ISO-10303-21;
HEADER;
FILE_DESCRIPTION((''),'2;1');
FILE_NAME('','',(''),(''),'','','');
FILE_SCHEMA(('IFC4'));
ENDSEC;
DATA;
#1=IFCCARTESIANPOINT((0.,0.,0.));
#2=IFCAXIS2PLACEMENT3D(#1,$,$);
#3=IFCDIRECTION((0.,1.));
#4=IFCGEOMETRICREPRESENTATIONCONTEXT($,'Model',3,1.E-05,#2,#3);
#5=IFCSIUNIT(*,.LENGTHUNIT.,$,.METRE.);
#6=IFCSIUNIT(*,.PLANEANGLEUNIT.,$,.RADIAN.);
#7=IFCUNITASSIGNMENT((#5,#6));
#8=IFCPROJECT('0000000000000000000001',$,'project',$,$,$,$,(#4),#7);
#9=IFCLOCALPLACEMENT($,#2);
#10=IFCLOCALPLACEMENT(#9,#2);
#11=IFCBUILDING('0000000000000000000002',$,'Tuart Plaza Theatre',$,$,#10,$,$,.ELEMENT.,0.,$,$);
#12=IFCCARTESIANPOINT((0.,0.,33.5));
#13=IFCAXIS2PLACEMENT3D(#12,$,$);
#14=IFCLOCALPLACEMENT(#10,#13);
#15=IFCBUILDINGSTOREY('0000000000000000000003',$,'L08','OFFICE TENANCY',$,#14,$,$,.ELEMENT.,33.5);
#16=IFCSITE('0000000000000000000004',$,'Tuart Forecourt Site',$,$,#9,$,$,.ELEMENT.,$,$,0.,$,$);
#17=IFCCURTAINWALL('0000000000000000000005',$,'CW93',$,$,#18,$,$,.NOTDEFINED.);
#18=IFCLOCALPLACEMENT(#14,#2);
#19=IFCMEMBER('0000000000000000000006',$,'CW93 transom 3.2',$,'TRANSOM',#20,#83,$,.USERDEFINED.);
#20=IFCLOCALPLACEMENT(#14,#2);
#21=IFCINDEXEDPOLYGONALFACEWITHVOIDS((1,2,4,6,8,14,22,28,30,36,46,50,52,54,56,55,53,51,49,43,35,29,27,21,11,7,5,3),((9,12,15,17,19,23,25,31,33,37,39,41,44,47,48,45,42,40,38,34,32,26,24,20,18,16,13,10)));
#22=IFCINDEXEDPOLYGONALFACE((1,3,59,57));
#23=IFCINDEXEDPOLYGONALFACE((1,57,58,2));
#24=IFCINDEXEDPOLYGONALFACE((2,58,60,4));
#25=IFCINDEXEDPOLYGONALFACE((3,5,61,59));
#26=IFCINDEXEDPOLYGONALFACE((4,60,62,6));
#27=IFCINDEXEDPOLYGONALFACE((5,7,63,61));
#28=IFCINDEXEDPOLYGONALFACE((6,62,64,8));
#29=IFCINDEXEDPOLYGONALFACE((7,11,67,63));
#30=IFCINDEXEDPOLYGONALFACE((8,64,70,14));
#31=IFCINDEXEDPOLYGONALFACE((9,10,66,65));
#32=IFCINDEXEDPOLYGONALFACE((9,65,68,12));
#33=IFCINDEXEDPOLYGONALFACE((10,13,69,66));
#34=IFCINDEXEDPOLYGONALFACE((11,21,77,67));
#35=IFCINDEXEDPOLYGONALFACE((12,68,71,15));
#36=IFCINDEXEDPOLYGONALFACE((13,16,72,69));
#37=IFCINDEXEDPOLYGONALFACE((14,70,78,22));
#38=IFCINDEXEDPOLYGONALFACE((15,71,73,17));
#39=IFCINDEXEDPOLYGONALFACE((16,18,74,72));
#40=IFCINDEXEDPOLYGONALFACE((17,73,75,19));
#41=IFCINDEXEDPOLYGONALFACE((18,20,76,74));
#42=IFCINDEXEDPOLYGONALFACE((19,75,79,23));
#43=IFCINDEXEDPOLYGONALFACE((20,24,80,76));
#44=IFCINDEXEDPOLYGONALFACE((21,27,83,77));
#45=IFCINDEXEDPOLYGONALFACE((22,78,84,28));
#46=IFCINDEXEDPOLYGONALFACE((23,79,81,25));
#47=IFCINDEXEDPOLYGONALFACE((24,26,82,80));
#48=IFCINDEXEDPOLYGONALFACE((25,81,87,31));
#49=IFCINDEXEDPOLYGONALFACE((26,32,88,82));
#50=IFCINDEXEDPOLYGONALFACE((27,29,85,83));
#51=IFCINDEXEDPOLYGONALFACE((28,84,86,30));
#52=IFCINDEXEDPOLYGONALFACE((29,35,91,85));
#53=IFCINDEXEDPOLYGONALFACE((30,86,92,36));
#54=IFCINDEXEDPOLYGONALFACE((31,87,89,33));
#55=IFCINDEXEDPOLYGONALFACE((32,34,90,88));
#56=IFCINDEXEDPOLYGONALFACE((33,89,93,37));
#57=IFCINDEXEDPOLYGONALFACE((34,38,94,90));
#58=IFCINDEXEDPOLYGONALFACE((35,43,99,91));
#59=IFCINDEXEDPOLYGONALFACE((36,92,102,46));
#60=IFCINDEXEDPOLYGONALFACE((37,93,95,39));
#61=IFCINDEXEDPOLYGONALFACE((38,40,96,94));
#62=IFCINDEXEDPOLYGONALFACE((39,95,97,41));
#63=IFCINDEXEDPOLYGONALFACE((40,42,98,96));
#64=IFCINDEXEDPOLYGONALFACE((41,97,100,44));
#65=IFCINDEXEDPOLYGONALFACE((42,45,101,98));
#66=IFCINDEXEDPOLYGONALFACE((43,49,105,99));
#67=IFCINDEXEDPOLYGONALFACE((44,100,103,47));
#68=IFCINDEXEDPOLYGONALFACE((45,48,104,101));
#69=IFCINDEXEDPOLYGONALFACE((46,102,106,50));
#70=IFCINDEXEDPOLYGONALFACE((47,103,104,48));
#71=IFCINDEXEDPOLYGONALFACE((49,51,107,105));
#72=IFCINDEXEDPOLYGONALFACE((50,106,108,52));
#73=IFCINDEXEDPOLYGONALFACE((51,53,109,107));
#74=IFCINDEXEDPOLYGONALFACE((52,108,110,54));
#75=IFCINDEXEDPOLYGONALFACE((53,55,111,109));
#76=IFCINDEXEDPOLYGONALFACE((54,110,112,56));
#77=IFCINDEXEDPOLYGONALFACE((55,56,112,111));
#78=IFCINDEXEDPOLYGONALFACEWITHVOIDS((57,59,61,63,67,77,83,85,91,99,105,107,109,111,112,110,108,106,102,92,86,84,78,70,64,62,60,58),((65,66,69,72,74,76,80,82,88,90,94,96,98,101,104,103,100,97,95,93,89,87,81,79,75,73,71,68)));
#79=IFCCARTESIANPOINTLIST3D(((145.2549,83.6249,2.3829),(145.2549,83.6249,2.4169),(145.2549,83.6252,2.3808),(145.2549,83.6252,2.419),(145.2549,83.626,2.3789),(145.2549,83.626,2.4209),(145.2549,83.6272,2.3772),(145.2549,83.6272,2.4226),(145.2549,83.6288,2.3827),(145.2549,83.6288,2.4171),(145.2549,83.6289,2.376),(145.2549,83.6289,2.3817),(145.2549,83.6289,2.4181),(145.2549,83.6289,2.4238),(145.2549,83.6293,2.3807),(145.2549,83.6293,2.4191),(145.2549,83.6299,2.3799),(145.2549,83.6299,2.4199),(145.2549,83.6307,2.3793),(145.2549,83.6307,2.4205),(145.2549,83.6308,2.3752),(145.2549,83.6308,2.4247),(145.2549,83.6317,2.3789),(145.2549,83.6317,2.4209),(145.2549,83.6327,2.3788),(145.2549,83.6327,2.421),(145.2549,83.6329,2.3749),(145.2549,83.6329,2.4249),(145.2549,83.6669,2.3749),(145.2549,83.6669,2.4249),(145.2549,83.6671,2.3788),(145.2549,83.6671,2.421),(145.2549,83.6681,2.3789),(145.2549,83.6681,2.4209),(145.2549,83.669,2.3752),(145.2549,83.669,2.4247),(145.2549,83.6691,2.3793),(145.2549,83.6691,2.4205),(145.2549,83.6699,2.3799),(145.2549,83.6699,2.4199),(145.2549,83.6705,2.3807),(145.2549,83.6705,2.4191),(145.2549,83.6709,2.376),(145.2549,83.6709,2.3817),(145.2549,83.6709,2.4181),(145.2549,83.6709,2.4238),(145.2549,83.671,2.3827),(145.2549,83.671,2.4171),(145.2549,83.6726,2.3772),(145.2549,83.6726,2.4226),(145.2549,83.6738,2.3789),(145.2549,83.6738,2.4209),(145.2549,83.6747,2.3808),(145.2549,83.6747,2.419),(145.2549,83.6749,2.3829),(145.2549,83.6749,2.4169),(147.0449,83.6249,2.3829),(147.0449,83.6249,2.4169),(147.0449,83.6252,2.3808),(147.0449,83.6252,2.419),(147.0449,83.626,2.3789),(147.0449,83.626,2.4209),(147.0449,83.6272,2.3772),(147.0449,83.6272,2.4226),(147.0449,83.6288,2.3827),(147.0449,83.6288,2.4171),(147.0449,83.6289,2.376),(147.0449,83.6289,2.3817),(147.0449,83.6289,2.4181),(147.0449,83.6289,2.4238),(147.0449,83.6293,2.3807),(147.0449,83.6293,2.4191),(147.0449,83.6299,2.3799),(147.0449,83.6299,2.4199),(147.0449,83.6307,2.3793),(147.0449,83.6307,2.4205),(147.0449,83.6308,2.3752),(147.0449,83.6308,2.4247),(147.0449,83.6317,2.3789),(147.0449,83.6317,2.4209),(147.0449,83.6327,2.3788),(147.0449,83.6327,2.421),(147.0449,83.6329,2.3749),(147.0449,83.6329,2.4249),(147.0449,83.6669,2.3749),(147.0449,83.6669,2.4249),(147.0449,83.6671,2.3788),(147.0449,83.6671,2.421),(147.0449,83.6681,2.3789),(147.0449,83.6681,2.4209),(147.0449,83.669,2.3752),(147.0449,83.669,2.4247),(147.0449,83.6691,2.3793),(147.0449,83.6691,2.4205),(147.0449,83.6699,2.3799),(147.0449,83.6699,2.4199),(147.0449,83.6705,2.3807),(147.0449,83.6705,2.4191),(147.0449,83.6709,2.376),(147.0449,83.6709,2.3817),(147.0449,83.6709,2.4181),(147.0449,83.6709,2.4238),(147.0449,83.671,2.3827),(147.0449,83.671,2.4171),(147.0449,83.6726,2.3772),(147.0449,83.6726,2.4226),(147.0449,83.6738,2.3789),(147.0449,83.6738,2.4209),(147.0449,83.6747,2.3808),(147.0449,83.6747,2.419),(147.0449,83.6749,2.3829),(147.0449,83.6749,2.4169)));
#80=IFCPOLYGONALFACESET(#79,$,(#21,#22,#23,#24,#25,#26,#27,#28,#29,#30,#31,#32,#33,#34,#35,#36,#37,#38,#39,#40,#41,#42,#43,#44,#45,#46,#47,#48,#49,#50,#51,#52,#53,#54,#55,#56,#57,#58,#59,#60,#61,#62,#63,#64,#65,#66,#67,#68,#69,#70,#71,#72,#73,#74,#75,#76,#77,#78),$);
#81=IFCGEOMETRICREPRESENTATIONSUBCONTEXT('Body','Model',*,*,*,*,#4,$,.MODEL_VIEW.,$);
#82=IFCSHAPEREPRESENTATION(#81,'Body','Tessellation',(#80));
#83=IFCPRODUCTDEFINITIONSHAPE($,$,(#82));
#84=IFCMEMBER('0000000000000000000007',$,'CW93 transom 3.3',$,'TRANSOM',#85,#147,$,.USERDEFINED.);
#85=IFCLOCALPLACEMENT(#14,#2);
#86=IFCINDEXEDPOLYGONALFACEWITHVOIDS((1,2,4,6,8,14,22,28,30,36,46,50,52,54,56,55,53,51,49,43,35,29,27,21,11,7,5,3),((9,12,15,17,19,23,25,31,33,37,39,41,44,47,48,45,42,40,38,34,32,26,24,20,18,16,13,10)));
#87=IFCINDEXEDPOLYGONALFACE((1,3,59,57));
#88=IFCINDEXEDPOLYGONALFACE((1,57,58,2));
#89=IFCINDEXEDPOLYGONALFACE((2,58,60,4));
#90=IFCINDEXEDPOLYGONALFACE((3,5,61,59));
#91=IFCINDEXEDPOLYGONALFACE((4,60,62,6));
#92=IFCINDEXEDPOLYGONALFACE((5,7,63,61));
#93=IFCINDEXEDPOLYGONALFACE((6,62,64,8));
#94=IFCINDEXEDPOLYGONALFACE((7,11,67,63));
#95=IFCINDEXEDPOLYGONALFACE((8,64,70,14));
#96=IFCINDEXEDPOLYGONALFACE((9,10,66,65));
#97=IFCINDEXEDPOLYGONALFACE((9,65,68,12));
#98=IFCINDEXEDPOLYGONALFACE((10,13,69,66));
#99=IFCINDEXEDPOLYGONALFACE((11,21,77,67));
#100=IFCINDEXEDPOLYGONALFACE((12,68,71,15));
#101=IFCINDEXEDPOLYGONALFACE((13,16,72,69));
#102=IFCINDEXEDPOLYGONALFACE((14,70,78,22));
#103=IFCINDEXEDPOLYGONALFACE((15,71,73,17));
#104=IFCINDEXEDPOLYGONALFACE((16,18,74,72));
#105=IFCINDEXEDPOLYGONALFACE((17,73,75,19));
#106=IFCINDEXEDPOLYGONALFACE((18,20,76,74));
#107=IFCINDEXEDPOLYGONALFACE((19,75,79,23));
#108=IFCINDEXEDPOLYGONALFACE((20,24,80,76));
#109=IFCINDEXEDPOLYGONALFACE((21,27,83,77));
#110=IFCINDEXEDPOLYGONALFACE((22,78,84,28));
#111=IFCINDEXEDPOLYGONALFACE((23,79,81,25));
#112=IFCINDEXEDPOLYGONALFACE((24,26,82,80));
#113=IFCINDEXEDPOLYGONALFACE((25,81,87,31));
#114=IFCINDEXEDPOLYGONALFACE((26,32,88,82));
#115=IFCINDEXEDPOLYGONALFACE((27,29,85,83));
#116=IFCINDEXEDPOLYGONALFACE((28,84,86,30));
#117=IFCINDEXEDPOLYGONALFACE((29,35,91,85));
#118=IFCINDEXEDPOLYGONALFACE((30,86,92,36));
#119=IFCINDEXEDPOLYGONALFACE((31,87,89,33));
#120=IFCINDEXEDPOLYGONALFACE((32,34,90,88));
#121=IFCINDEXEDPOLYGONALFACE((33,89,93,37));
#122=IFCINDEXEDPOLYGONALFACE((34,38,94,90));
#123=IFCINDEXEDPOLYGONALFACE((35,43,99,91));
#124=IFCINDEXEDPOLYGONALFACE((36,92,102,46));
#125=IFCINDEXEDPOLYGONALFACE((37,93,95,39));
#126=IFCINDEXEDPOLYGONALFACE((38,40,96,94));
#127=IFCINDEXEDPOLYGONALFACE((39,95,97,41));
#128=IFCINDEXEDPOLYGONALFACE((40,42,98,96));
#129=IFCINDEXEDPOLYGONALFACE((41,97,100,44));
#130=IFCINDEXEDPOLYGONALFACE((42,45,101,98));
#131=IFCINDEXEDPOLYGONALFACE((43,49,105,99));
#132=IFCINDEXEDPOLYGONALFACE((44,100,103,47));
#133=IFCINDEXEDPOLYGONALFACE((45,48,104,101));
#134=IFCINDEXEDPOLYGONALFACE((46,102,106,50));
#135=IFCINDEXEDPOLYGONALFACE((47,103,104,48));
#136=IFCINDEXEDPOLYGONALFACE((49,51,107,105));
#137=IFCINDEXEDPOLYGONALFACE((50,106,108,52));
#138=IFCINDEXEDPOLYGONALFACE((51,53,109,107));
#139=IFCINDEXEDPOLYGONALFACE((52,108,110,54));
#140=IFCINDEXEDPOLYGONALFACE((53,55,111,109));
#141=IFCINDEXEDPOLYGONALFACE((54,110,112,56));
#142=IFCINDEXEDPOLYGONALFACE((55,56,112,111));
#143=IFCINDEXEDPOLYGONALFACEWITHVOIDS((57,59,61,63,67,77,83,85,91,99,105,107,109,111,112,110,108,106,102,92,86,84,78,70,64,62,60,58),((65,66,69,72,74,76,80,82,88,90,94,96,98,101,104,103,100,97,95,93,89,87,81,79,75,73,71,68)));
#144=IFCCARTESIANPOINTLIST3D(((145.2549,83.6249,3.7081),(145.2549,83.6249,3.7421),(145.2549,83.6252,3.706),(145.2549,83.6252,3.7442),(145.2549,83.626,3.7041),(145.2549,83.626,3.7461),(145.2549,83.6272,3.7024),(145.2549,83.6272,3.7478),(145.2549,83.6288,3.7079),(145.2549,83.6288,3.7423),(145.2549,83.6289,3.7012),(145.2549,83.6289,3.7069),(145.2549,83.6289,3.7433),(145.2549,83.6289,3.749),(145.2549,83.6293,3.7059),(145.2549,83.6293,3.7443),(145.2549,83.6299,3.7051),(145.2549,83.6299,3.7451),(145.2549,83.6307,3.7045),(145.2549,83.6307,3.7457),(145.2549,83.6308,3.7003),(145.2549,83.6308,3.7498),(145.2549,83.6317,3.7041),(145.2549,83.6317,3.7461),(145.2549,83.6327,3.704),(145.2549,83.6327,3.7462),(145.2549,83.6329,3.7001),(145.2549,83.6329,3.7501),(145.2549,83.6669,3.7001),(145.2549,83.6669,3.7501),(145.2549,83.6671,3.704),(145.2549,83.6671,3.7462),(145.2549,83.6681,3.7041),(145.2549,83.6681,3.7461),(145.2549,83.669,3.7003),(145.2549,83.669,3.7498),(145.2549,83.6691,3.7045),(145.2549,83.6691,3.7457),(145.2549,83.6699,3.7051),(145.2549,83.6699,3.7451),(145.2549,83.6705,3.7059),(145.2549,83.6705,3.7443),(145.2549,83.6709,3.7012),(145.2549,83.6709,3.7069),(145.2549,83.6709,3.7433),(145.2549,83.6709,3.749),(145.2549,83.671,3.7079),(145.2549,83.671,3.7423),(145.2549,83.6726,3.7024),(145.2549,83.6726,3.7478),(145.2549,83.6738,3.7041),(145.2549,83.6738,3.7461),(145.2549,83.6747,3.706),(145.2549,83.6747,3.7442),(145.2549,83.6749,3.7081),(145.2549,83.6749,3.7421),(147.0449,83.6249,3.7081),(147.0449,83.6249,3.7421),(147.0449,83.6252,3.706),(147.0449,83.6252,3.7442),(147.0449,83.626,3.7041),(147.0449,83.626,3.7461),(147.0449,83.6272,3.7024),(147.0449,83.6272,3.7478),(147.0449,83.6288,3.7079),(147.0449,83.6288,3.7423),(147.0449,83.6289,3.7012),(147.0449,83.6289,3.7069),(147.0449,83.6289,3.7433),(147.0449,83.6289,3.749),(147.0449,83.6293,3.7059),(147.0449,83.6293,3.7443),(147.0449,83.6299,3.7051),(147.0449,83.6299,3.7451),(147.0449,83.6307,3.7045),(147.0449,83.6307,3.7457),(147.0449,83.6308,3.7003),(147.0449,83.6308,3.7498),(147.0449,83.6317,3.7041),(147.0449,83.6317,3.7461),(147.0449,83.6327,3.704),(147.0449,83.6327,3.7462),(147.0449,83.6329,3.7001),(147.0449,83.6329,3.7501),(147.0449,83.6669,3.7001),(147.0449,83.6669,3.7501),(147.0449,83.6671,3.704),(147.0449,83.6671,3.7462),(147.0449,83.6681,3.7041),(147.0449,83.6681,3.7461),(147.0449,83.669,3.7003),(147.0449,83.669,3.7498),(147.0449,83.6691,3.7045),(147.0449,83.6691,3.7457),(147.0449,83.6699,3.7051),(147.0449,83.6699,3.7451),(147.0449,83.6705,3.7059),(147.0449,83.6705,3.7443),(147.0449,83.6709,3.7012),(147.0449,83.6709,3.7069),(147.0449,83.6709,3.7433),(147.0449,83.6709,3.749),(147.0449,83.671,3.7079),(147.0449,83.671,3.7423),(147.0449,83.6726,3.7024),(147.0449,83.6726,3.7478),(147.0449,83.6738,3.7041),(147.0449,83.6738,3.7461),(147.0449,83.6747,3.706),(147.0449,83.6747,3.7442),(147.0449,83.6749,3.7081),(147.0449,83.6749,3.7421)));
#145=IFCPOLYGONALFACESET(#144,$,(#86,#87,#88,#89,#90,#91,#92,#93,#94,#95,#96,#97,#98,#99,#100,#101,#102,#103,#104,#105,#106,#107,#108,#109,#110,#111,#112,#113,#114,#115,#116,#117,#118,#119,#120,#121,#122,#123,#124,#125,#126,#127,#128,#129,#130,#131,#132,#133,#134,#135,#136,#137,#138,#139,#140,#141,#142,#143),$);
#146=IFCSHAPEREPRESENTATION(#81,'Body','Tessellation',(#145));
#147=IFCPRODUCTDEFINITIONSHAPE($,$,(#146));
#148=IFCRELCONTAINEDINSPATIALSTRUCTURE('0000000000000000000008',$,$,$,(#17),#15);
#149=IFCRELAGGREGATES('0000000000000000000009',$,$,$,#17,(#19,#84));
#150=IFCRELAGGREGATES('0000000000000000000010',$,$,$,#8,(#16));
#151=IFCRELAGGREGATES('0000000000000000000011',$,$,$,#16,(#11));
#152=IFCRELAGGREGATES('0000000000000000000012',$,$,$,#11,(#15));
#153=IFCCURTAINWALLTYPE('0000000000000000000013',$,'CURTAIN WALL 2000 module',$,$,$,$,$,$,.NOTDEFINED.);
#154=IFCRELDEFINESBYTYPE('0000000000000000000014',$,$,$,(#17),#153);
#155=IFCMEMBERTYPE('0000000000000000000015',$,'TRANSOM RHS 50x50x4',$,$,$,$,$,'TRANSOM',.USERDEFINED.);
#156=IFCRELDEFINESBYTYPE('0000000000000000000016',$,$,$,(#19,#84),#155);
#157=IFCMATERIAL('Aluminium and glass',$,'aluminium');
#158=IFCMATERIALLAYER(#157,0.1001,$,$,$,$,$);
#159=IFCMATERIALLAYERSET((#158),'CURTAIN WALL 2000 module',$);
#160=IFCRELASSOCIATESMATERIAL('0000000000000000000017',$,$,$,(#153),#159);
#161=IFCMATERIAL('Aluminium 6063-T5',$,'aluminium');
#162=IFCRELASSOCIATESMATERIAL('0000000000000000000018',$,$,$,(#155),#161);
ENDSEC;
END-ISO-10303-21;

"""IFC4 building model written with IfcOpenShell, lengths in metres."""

from ifc_helpers import new_model, si_unit, direction, frame, origin, origin_2d, place, context, subcontext, project, spatial, hollow_rectangle, extrude, material, layer, layer_set, material_profile, profile_set, type_object, element, aggregate, save


model = new_model("IFC4")

# Units and contexts
model_context = context("Model", 3, precision=1e-05, world=origin(), true_north=direction((0.0, 1.0)))
body_context = subcontext(model_context, "Body", "Model", "MODEL_VIEW")
ifc_project = project(units=[si_unit("LENGTHUNIT", "METRE"), si_unit("PLANEANGLEUNIT", "RADIAN")], contexts=[model_context])

# Site, building, storey
site_placement = place(None, origin())
site = spatial("IfcSite", under=ifc_project, at=site_placement, Name="Tuart Forecourt Site", CompositionType="ELEMENT", RefElevation=0.0)
building_placement = place(site_placement, origin())
building = spatial("IfcBuilding", under=site, at=building_placement, Name="Tuart Plaza Theatre", CompositionType="ELEMENT", ElevationOfRefHeight=0.0)
storey_placement = place(building_placement, frame((0.0, 0.0, 33.5)))
storey = spatial("IfcBuildingStorey", under=building, at=storey_placement, Name="L08", Description="OFFICE TENANCY", CompositionType="ELEMENT", Elevation=33.5)

# Curtain wall
ifc_material_1 = material(Name="Aluminium and glass", Category="aluminium")
ifc_layer_1 = layer(ifc_material_1, 0.1001)
ifc_layer_set_1 = layer_set([ifc_layer_1], Name="CURTAIN WALL 2000 module")
curtain_wall_type_1 = type_object("IfcCurtainWallType", Name="CURTAIN WALL 2000 module", PredefinedType="NOTDEFINED", material=ifc_layer_set_1)
curtain_wall_1_placement = place(storey_placement, origin())
curtain_wall_1 = element("IfcCurtainWall", 1, at=curtain_wall_1_placement, inside=storey, type_object=curtain_wall_type_1, Name="CW93", PredefinedType="NOTDEFINED")

# Members
ifc_material_2 = material(Name="Aluminium 6063-T5", Category="aluminium")
ifc_material_profile_1 = material_profile(ifc_material_2, hollow_rectangle(XDim=0.05, YDim=0.05, WallThickness=0.0039, InnerFilletRadius=0.0039, OuterFilletRadius=0.0081, at=origin_2d()), Name="RHS 50x50x4")
ifc_profile_set_1 = profile_set([ifc_material_profile_1], Name="Aluminium 6063-T5")
member_type_1 = type_object("IfcMemberType", Name="TRANSOM RHS 50x50x4", ElementType="TRANSOM", PredefinedType="USERDEFINED", material=ifc_profile_set_1)
member_1_placement = place(storey_placement, frame((147.0449, 83.6499, 2.3999), z_axis=(-1.0, 0.0, 0.0), x_axis=(0.0, -1.0, 0.0)))
member_1 = element("IfcMember", 2, at=member_1_placement, type_object=member_type_1, Name="CW93 transom 3.2", ObjectType="TRANSOM", PredefinedType="USERDEFINED", context=body_context, shape_type="SweptSolid", body=[
    extrude(hollow_rectangle(XDim=0.05, YDim=0.05, WallThickness=0.0039, InnerFilletRadius=0.0039, OuterFilletRadius=0.0081, at=origin_2d()), origin(), (0.0, 0.0, 1.0), 1.79),
])
member_2_placement = place(storey_placement, frame((147.0449, 83.6499, 3.7251), z_axis=(-1.0, 0.0, 0.0), x_axis=(0.0, -1.0, 0.0)))
member_2 = element("IfcMember", 3, at=member_2_placement, type_object=member_type_1, Name="CW93 transom 3.3", ObjectType="TRANSOM", PredefinedType="USERDEFINED", context=body_context, shape_type="SweptSolid", body=[
    extrude(hollow_rectangle(XDim=0.05, YDim=0.05, WallThickness=0.0039, InnerFilletRadius=0.0039, OuterFilletRadius=0.0081, at=origin_2d()), origin(), (0.0, 0.0, 1.0), 1.79),
])

aggregate(curtain_wall_1, [member_1, member_2])

save(model, "model.ifc")
